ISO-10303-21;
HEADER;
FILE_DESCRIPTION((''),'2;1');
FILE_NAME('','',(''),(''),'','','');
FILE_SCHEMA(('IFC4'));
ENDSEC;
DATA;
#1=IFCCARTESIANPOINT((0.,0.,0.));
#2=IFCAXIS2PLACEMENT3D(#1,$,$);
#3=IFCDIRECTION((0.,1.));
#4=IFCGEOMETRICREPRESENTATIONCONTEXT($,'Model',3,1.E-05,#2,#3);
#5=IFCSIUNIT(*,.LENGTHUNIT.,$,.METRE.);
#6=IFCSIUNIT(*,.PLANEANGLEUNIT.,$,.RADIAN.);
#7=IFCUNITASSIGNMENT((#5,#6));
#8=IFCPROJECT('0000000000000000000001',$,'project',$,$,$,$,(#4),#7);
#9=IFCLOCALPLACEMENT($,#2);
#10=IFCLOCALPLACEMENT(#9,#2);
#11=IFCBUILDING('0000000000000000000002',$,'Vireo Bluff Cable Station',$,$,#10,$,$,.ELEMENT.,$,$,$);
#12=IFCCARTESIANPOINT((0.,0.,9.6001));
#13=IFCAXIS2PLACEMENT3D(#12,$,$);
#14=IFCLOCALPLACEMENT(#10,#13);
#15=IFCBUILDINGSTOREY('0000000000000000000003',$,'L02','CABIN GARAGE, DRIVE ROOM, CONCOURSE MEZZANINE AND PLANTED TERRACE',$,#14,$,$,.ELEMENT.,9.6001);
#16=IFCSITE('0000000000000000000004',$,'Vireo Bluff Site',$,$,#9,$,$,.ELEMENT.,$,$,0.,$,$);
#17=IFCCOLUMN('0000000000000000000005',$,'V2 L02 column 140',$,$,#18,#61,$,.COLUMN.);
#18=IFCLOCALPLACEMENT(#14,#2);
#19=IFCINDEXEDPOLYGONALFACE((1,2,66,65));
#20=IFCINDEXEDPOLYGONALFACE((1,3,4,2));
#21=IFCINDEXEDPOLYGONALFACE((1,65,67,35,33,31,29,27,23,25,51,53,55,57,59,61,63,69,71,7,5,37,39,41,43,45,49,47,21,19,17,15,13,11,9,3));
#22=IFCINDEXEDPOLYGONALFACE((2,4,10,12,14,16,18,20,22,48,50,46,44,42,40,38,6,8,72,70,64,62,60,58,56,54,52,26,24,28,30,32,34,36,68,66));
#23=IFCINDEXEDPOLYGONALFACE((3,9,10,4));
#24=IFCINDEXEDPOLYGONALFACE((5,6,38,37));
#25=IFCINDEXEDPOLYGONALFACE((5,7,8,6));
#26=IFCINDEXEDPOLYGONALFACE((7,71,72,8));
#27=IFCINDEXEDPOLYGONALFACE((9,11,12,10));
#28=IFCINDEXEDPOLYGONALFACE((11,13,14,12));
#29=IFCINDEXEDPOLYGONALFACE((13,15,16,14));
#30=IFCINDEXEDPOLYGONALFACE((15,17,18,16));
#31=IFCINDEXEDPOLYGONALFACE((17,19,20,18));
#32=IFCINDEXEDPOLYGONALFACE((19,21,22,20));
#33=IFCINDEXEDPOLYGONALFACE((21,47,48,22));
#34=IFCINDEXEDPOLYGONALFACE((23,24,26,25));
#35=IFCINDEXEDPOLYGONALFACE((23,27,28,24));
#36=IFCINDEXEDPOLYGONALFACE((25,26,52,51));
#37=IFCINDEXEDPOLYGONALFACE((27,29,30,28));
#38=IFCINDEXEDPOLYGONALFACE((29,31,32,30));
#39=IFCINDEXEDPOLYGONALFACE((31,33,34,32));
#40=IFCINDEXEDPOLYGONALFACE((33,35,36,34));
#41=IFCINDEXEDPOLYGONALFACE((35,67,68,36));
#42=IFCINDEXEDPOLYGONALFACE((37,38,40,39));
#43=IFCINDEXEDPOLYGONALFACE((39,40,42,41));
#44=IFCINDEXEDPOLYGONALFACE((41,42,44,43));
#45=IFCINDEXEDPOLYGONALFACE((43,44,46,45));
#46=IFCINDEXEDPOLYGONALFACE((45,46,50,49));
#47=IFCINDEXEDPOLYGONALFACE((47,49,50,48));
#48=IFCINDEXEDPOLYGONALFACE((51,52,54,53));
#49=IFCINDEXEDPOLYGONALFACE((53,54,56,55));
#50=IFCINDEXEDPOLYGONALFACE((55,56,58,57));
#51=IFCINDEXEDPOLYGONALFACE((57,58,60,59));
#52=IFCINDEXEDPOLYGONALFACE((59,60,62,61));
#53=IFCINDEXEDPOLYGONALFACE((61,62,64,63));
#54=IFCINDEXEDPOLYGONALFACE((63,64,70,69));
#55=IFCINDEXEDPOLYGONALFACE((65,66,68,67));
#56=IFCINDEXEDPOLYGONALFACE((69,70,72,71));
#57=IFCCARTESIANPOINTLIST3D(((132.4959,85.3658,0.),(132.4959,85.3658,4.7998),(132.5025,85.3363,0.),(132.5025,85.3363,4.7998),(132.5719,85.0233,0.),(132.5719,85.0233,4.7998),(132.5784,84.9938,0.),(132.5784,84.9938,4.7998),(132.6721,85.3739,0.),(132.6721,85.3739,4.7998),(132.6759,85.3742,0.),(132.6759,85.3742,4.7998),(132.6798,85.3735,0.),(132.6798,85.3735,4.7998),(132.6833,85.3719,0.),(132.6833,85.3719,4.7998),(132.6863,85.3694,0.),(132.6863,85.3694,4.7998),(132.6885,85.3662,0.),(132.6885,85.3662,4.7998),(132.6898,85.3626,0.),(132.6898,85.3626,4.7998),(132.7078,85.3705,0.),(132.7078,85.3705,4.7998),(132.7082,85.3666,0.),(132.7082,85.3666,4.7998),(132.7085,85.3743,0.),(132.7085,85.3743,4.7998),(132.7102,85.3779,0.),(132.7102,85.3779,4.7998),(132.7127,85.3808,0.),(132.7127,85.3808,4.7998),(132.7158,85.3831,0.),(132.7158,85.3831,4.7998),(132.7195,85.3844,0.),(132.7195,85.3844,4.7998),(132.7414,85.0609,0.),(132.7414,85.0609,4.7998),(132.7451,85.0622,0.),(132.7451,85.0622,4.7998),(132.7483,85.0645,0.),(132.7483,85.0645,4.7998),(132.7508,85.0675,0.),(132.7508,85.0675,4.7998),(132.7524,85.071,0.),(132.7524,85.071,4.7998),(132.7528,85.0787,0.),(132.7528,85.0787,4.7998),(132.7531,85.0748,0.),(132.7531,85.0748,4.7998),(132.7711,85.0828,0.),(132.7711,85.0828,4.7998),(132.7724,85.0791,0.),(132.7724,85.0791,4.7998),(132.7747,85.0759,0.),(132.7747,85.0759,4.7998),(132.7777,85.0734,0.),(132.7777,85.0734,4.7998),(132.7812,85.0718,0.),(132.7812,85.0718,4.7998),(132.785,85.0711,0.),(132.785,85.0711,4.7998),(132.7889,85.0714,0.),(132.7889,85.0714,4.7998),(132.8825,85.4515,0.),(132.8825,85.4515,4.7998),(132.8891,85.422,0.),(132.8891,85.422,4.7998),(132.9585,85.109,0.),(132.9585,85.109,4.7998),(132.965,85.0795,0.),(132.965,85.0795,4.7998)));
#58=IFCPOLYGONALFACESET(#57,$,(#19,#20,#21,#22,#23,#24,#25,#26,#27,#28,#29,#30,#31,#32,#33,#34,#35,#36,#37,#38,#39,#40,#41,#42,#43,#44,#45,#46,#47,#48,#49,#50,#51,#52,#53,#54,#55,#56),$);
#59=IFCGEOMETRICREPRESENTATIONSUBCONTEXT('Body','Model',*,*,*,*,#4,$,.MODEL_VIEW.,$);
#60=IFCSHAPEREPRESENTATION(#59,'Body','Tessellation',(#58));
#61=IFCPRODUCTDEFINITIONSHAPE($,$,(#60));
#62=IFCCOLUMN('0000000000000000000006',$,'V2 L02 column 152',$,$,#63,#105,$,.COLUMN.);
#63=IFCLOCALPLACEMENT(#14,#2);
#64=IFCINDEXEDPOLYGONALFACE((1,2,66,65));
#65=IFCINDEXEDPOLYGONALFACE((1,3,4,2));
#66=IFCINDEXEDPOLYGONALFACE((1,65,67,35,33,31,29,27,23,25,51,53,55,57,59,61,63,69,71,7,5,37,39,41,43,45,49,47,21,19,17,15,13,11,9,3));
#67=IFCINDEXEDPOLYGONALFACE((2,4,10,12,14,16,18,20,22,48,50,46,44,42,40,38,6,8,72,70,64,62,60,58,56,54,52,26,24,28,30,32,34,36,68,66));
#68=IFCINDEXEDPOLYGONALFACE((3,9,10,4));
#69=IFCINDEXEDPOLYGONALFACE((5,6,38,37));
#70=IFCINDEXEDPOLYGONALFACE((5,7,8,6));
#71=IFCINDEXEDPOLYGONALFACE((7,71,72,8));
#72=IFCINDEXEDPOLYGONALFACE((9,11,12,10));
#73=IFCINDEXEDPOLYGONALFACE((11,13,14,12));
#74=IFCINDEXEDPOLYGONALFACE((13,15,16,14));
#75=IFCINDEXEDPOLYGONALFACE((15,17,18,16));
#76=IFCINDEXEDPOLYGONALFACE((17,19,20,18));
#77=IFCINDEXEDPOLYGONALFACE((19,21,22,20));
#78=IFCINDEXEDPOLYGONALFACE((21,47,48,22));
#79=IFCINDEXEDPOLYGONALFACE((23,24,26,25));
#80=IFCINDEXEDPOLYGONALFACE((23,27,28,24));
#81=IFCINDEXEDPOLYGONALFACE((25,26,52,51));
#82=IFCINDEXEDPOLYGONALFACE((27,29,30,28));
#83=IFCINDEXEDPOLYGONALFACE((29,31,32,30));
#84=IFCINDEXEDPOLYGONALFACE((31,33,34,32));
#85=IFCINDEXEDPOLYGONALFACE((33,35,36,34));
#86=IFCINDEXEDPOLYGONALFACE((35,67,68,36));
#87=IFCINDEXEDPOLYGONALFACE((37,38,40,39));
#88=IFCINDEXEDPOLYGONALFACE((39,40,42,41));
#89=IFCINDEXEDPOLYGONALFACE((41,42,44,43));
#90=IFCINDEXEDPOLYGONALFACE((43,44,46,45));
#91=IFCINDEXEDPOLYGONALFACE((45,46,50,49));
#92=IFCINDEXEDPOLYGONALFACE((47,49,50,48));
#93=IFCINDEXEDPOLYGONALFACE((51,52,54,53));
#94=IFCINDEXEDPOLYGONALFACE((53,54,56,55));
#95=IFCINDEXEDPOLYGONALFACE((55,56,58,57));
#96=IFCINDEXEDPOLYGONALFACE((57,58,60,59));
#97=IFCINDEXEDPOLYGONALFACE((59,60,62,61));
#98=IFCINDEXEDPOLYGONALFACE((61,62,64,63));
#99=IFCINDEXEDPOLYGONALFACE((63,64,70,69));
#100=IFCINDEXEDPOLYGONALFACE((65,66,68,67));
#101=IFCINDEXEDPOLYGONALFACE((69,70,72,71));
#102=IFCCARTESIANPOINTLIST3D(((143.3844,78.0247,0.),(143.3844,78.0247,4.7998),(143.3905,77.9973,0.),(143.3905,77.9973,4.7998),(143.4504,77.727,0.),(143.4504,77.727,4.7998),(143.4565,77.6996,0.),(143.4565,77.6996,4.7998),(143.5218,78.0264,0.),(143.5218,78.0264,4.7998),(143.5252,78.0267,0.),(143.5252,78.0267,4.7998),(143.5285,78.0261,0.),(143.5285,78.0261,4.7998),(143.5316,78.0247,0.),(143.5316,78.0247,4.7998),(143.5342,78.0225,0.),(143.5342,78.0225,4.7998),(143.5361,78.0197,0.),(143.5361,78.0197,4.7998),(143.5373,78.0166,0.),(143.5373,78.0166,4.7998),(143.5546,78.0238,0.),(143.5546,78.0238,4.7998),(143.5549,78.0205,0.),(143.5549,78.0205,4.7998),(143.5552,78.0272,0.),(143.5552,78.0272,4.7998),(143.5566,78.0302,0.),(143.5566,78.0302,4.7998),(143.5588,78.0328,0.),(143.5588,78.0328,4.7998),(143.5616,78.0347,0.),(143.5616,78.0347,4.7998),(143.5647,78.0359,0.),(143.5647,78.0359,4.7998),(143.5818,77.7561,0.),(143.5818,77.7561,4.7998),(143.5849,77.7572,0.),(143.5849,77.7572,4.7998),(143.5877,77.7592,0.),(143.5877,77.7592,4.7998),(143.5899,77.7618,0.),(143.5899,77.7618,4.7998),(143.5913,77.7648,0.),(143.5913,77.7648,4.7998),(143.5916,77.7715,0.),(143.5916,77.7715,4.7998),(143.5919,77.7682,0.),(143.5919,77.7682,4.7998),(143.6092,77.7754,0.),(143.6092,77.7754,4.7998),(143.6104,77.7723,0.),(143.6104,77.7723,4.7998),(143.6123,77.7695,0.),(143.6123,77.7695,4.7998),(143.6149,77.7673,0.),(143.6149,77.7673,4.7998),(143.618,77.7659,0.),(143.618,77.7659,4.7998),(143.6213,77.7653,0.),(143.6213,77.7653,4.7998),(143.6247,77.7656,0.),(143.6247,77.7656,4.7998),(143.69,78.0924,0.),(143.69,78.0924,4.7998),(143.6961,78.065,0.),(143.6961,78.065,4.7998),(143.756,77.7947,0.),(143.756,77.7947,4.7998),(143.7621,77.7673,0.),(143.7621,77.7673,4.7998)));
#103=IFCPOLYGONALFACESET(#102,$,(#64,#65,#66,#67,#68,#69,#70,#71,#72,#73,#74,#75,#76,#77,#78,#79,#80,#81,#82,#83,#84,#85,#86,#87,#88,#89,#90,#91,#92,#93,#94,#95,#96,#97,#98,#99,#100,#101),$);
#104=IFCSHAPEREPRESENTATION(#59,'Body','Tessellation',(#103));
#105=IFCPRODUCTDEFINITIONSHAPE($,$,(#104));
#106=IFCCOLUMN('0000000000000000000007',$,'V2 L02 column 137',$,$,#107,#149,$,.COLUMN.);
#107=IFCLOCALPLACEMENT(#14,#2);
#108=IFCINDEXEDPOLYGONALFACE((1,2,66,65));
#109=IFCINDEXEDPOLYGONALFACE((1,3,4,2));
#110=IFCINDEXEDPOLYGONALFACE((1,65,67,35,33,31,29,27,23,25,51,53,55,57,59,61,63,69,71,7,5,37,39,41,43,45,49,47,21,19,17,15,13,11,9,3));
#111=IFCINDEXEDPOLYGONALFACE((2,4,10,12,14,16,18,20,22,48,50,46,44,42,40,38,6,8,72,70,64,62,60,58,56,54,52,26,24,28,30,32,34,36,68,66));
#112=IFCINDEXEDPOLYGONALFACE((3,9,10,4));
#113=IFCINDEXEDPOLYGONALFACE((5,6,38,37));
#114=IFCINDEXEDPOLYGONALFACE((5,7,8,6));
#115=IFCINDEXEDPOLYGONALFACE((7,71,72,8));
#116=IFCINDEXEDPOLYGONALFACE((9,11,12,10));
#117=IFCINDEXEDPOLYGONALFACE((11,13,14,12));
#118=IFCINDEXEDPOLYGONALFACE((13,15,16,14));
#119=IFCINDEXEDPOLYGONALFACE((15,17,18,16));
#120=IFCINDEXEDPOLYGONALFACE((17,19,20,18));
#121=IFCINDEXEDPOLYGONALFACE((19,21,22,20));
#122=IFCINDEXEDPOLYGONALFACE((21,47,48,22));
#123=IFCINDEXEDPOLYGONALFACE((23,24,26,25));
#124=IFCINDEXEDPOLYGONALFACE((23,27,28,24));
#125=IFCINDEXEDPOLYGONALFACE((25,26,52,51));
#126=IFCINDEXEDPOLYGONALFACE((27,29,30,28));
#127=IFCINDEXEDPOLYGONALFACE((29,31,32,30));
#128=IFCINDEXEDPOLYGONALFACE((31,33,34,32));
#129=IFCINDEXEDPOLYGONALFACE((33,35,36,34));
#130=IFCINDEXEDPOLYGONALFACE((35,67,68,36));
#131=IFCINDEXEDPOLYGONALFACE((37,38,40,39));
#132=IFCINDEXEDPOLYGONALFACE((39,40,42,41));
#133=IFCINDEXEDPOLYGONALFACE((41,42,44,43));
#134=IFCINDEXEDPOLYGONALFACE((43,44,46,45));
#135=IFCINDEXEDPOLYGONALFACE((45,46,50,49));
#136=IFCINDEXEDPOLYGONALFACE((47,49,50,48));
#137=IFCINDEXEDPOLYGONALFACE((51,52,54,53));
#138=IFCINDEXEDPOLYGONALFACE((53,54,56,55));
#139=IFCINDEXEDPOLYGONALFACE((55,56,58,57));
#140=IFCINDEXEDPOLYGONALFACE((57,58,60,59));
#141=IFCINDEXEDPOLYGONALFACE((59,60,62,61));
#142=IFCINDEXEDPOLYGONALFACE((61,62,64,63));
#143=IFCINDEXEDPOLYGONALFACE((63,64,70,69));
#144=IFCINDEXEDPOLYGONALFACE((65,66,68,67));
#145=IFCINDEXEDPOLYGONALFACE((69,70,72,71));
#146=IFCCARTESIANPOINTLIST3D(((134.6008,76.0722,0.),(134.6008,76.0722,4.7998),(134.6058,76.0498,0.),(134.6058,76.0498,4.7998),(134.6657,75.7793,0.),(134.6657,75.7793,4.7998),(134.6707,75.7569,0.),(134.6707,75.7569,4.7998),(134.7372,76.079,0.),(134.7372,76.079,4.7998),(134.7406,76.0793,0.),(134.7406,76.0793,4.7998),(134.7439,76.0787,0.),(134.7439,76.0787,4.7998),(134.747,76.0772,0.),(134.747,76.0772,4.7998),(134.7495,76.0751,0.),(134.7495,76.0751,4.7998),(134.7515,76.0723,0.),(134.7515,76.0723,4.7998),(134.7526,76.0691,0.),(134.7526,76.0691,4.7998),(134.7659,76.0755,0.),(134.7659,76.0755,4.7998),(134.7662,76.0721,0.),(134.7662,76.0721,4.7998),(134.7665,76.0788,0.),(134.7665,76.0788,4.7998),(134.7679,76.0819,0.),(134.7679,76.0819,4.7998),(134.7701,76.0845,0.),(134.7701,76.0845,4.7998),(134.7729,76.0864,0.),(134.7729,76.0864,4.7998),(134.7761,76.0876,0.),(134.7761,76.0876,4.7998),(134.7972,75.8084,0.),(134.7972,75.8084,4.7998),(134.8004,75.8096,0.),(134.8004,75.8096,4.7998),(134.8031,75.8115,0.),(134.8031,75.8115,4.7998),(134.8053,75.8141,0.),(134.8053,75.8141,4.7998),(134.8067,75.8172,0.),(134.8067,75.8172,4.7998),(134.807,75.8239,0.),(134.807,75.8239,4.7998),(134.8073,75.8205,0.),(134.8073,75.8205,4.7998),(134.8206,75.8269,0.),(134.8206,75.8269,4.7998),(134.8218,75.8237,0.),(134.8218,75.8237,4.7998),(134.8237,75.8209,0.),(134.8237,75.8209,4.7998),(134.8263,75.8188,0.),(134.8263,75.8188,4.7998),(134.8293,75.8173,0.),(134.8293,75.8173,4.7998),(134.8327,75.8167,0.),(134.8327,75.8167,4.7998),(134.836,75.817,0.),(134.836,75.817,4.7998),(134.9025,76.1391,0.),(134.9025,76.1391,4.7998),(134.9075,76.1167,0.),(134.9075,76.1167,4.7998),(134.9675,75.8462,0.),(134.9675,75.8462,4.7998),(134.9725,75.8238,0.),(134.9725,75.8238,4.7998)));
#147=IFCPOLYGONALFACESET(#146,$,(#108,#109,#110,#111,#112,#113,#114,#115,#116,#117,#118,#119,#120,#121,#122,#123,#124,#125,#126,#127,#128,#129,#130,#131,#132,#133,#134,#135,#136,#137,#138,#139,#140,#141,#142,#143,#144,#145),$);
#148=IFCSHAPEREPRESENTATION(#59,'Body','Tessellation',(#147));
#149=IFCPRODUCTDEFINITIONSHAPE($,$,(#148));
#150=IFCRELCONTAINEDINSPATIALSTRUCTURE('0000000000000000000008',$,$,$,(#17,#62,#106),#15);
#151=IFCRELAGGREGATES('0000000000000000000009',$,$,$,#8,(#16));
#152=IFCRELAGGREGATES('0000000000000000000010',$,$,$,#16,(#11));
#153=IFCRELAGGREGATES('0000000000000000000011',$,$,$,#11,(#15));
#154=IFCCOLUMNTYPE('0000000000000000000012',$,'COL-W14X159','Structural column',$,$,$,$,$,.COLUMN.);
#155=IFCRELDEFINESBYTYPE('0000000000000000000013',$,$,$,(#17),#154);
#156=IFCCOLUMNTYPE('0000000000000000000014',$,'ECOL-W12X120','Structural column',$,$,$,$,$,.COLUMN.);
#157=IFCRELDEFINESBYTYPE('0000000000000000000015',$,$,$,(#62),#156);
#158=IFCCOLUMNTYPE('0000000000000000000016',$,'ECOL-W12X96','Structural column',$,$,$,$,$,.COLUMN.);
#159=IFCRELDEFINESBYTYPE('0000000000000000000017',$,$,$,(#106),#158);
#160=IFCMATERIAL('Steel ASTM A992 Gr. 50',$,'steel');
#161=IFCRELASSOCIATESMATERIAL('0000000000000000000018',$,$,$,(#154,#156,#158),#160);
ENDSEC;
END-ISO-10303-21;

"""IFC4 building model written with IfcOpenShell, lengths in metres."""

from ifc_helpers import new_model, si_unit, direction, frame, origin, origin_2d, place, context, subcontext, project, spatial, i_section, extrude, material, material_profile, profile_set, type_object, element, save


model = new_model("IFC4")

# Units and contexts
model_context = context("Model", 3, precision=1e-05, world=origin(), true_north=direction((0.0, 1.0)))
body_context = subcontext(model_context, "Body", "Model", "MODEL_VIEW")
ifc_project = project(units=[si_unit("LENGTHUNIT", "METRE"), si_unit("PLANEANGLEUNIT", "RADIAN")], contexts=[model_context])

# Site, building, storey
site_placement = place(None, origin())
site = spatial("IfcSite", under=ifc_project, at=site_placement, Name="Vireo Bluff Site", CompositionType="ELEMENT", RefElevation=0.0)
building_placement = place(site_placement, origin())
building = spatial("IfcBuilding", under=site, at=building_placement, Name="Vireo Bluff Cable Station", CompositionType="ELEMENT")
storey_placement = place(building_placement, frame((0.0, 0.0, 9.6001)))
storey = spatial("IfcBuildingStorey", under=building, at=storey_placement, Name="L02", Description="CABIN GARAGE, DRIVE ROOM, CONCOURSE MEZZANINE AND PLANTED TERRACE", CompositionType="ELEMENT", Elevation=9.6001)

# Columns
ifc_material_1 = material(Name="Steel ASTM A992 Gr. 50", Category="steel")
ifc_material_profile_1 = material_profile(ifc_material_1, i_section(OverallWidth=0.396, OverallDepth=0.3811, WebThickness=0.0188, FlangeThickness=0.0303, FilletRadius=0.0149, at=origin_2d()), Name="W14X159")
ifc_profile_set_1 = profile_set([ifc_material_profile_1], Name="Steel ASTM A992 Gr. 50")
column_type_1 = type_object("IfcColumnType", Name="COL-W14X159", Description="Structural column", PredefinedType="COLUMN", material=ifc_profile_set_1)
column_1_placement = place(storey_placement, frame((132.7305, 85.2227, 0.0), z_axis=(0.0, 0.0, 1.0), x_axis=(0.976296, 0.21644, 0.0)))
element("IfcColumn", 1, at=column_1_placement, inside=storey, type_object=column_type_1, Name="V2 L02 column 140", PredefinedType="COLUMN", context=body_context, shape_type="SweptSolid", body=[
    extrude(i_section(OverallWidth=0.396, OverallDepth=0.3811, WebThickness=0.0188, FlangeThickness=0.0303, FilletRadius=0.0149, at=origin_2d()), origin(), (0.0, 0.0, 1.0), 4.7998),
])
ifc_material_profile_2 = material_profile(ifc_material_1, i_section(OverallWidth=0.313, OverallDepth=0.333, WebThickness=0.0181, FlangeThickness=0.0281, FilletRadius=0.0129, at=origin_2d()), Name="W12X120")
ifc_profile_set_2 = profile_set([ifc_material_profile_2], Name="Steel ASTM A992 Gr. 50")
column_type_2 = type_object("IfcColumnType", Name="ECOL-W12X120", Description="Structural column", PredefinedType="COLUMN", material=ifc_profile_set_2)
column_2_placement = place(storey_placement, frame((143.5732, 77.896, 0.0), z_axis=(0.0, 0.0, 1.0), x_axis=(0.976296, 0.21644, 0.0)))
element("IfcColumn", 2, at=column_2_placement, inside=storey, type_object=column_type_2, Name="V2 L02 column 152", PredefinedType="COLUMN", context=body_context, shape_type="SweptSolid", body=[
    extrude(i_section(OverallWidth=0.313, OverallDepth=0.333, WebThickness=0.0181, FlangeThickness=0.0281, FilletRadius=0.0129, at=origin_2d()), origin(), (0.0, 0.0, 1.0), 4.7998),
])
ifc_material_profile_3 = material_profile(ifc_material_1, i_section(OverallWidth=0.3091, OverallDepth=0.323, WebThickness=0.0139, FlangeThickness=0.0229, FilletRadius=0.0129, at=origin_2d()), Name="W12X96")
ifc_profile_set_3 = profile_set([ifc_material_profile_3], Name="Steel ASTM A992 Gr. 50")
column_type_3 = type_object("IfcColumnType", Name="ECOL-W12X96", Description="Structural column", PredefinedType="COLUMN", material=ifc_profile_set_3)
column_3_placement = place(storey_placement, frame((134.7866, 75.948, 0.0), z_axis=(0.0, 0.0, 1.0), x_axis=(0.976296, 0.21644, 0.0)))
element("IfcColumn", 3, at=column_3_placement, inside=storey, type_object=column_type_3, Name="V2 L02 column 137", PredefinedType="COLUMN", context=body_context, shape_type="SweptSolid", body=[
    extrude(i_section(OverallWidth=0.3091, OverallDepth=0.323, WebThickness=0.0139, FlangeThickness=0.0229, FilletRadius=0.0129, at=origin_2d()), origin(), (0.0, 0.0, 1.0), 4.7998),
])

save(model, "model.ifc")
